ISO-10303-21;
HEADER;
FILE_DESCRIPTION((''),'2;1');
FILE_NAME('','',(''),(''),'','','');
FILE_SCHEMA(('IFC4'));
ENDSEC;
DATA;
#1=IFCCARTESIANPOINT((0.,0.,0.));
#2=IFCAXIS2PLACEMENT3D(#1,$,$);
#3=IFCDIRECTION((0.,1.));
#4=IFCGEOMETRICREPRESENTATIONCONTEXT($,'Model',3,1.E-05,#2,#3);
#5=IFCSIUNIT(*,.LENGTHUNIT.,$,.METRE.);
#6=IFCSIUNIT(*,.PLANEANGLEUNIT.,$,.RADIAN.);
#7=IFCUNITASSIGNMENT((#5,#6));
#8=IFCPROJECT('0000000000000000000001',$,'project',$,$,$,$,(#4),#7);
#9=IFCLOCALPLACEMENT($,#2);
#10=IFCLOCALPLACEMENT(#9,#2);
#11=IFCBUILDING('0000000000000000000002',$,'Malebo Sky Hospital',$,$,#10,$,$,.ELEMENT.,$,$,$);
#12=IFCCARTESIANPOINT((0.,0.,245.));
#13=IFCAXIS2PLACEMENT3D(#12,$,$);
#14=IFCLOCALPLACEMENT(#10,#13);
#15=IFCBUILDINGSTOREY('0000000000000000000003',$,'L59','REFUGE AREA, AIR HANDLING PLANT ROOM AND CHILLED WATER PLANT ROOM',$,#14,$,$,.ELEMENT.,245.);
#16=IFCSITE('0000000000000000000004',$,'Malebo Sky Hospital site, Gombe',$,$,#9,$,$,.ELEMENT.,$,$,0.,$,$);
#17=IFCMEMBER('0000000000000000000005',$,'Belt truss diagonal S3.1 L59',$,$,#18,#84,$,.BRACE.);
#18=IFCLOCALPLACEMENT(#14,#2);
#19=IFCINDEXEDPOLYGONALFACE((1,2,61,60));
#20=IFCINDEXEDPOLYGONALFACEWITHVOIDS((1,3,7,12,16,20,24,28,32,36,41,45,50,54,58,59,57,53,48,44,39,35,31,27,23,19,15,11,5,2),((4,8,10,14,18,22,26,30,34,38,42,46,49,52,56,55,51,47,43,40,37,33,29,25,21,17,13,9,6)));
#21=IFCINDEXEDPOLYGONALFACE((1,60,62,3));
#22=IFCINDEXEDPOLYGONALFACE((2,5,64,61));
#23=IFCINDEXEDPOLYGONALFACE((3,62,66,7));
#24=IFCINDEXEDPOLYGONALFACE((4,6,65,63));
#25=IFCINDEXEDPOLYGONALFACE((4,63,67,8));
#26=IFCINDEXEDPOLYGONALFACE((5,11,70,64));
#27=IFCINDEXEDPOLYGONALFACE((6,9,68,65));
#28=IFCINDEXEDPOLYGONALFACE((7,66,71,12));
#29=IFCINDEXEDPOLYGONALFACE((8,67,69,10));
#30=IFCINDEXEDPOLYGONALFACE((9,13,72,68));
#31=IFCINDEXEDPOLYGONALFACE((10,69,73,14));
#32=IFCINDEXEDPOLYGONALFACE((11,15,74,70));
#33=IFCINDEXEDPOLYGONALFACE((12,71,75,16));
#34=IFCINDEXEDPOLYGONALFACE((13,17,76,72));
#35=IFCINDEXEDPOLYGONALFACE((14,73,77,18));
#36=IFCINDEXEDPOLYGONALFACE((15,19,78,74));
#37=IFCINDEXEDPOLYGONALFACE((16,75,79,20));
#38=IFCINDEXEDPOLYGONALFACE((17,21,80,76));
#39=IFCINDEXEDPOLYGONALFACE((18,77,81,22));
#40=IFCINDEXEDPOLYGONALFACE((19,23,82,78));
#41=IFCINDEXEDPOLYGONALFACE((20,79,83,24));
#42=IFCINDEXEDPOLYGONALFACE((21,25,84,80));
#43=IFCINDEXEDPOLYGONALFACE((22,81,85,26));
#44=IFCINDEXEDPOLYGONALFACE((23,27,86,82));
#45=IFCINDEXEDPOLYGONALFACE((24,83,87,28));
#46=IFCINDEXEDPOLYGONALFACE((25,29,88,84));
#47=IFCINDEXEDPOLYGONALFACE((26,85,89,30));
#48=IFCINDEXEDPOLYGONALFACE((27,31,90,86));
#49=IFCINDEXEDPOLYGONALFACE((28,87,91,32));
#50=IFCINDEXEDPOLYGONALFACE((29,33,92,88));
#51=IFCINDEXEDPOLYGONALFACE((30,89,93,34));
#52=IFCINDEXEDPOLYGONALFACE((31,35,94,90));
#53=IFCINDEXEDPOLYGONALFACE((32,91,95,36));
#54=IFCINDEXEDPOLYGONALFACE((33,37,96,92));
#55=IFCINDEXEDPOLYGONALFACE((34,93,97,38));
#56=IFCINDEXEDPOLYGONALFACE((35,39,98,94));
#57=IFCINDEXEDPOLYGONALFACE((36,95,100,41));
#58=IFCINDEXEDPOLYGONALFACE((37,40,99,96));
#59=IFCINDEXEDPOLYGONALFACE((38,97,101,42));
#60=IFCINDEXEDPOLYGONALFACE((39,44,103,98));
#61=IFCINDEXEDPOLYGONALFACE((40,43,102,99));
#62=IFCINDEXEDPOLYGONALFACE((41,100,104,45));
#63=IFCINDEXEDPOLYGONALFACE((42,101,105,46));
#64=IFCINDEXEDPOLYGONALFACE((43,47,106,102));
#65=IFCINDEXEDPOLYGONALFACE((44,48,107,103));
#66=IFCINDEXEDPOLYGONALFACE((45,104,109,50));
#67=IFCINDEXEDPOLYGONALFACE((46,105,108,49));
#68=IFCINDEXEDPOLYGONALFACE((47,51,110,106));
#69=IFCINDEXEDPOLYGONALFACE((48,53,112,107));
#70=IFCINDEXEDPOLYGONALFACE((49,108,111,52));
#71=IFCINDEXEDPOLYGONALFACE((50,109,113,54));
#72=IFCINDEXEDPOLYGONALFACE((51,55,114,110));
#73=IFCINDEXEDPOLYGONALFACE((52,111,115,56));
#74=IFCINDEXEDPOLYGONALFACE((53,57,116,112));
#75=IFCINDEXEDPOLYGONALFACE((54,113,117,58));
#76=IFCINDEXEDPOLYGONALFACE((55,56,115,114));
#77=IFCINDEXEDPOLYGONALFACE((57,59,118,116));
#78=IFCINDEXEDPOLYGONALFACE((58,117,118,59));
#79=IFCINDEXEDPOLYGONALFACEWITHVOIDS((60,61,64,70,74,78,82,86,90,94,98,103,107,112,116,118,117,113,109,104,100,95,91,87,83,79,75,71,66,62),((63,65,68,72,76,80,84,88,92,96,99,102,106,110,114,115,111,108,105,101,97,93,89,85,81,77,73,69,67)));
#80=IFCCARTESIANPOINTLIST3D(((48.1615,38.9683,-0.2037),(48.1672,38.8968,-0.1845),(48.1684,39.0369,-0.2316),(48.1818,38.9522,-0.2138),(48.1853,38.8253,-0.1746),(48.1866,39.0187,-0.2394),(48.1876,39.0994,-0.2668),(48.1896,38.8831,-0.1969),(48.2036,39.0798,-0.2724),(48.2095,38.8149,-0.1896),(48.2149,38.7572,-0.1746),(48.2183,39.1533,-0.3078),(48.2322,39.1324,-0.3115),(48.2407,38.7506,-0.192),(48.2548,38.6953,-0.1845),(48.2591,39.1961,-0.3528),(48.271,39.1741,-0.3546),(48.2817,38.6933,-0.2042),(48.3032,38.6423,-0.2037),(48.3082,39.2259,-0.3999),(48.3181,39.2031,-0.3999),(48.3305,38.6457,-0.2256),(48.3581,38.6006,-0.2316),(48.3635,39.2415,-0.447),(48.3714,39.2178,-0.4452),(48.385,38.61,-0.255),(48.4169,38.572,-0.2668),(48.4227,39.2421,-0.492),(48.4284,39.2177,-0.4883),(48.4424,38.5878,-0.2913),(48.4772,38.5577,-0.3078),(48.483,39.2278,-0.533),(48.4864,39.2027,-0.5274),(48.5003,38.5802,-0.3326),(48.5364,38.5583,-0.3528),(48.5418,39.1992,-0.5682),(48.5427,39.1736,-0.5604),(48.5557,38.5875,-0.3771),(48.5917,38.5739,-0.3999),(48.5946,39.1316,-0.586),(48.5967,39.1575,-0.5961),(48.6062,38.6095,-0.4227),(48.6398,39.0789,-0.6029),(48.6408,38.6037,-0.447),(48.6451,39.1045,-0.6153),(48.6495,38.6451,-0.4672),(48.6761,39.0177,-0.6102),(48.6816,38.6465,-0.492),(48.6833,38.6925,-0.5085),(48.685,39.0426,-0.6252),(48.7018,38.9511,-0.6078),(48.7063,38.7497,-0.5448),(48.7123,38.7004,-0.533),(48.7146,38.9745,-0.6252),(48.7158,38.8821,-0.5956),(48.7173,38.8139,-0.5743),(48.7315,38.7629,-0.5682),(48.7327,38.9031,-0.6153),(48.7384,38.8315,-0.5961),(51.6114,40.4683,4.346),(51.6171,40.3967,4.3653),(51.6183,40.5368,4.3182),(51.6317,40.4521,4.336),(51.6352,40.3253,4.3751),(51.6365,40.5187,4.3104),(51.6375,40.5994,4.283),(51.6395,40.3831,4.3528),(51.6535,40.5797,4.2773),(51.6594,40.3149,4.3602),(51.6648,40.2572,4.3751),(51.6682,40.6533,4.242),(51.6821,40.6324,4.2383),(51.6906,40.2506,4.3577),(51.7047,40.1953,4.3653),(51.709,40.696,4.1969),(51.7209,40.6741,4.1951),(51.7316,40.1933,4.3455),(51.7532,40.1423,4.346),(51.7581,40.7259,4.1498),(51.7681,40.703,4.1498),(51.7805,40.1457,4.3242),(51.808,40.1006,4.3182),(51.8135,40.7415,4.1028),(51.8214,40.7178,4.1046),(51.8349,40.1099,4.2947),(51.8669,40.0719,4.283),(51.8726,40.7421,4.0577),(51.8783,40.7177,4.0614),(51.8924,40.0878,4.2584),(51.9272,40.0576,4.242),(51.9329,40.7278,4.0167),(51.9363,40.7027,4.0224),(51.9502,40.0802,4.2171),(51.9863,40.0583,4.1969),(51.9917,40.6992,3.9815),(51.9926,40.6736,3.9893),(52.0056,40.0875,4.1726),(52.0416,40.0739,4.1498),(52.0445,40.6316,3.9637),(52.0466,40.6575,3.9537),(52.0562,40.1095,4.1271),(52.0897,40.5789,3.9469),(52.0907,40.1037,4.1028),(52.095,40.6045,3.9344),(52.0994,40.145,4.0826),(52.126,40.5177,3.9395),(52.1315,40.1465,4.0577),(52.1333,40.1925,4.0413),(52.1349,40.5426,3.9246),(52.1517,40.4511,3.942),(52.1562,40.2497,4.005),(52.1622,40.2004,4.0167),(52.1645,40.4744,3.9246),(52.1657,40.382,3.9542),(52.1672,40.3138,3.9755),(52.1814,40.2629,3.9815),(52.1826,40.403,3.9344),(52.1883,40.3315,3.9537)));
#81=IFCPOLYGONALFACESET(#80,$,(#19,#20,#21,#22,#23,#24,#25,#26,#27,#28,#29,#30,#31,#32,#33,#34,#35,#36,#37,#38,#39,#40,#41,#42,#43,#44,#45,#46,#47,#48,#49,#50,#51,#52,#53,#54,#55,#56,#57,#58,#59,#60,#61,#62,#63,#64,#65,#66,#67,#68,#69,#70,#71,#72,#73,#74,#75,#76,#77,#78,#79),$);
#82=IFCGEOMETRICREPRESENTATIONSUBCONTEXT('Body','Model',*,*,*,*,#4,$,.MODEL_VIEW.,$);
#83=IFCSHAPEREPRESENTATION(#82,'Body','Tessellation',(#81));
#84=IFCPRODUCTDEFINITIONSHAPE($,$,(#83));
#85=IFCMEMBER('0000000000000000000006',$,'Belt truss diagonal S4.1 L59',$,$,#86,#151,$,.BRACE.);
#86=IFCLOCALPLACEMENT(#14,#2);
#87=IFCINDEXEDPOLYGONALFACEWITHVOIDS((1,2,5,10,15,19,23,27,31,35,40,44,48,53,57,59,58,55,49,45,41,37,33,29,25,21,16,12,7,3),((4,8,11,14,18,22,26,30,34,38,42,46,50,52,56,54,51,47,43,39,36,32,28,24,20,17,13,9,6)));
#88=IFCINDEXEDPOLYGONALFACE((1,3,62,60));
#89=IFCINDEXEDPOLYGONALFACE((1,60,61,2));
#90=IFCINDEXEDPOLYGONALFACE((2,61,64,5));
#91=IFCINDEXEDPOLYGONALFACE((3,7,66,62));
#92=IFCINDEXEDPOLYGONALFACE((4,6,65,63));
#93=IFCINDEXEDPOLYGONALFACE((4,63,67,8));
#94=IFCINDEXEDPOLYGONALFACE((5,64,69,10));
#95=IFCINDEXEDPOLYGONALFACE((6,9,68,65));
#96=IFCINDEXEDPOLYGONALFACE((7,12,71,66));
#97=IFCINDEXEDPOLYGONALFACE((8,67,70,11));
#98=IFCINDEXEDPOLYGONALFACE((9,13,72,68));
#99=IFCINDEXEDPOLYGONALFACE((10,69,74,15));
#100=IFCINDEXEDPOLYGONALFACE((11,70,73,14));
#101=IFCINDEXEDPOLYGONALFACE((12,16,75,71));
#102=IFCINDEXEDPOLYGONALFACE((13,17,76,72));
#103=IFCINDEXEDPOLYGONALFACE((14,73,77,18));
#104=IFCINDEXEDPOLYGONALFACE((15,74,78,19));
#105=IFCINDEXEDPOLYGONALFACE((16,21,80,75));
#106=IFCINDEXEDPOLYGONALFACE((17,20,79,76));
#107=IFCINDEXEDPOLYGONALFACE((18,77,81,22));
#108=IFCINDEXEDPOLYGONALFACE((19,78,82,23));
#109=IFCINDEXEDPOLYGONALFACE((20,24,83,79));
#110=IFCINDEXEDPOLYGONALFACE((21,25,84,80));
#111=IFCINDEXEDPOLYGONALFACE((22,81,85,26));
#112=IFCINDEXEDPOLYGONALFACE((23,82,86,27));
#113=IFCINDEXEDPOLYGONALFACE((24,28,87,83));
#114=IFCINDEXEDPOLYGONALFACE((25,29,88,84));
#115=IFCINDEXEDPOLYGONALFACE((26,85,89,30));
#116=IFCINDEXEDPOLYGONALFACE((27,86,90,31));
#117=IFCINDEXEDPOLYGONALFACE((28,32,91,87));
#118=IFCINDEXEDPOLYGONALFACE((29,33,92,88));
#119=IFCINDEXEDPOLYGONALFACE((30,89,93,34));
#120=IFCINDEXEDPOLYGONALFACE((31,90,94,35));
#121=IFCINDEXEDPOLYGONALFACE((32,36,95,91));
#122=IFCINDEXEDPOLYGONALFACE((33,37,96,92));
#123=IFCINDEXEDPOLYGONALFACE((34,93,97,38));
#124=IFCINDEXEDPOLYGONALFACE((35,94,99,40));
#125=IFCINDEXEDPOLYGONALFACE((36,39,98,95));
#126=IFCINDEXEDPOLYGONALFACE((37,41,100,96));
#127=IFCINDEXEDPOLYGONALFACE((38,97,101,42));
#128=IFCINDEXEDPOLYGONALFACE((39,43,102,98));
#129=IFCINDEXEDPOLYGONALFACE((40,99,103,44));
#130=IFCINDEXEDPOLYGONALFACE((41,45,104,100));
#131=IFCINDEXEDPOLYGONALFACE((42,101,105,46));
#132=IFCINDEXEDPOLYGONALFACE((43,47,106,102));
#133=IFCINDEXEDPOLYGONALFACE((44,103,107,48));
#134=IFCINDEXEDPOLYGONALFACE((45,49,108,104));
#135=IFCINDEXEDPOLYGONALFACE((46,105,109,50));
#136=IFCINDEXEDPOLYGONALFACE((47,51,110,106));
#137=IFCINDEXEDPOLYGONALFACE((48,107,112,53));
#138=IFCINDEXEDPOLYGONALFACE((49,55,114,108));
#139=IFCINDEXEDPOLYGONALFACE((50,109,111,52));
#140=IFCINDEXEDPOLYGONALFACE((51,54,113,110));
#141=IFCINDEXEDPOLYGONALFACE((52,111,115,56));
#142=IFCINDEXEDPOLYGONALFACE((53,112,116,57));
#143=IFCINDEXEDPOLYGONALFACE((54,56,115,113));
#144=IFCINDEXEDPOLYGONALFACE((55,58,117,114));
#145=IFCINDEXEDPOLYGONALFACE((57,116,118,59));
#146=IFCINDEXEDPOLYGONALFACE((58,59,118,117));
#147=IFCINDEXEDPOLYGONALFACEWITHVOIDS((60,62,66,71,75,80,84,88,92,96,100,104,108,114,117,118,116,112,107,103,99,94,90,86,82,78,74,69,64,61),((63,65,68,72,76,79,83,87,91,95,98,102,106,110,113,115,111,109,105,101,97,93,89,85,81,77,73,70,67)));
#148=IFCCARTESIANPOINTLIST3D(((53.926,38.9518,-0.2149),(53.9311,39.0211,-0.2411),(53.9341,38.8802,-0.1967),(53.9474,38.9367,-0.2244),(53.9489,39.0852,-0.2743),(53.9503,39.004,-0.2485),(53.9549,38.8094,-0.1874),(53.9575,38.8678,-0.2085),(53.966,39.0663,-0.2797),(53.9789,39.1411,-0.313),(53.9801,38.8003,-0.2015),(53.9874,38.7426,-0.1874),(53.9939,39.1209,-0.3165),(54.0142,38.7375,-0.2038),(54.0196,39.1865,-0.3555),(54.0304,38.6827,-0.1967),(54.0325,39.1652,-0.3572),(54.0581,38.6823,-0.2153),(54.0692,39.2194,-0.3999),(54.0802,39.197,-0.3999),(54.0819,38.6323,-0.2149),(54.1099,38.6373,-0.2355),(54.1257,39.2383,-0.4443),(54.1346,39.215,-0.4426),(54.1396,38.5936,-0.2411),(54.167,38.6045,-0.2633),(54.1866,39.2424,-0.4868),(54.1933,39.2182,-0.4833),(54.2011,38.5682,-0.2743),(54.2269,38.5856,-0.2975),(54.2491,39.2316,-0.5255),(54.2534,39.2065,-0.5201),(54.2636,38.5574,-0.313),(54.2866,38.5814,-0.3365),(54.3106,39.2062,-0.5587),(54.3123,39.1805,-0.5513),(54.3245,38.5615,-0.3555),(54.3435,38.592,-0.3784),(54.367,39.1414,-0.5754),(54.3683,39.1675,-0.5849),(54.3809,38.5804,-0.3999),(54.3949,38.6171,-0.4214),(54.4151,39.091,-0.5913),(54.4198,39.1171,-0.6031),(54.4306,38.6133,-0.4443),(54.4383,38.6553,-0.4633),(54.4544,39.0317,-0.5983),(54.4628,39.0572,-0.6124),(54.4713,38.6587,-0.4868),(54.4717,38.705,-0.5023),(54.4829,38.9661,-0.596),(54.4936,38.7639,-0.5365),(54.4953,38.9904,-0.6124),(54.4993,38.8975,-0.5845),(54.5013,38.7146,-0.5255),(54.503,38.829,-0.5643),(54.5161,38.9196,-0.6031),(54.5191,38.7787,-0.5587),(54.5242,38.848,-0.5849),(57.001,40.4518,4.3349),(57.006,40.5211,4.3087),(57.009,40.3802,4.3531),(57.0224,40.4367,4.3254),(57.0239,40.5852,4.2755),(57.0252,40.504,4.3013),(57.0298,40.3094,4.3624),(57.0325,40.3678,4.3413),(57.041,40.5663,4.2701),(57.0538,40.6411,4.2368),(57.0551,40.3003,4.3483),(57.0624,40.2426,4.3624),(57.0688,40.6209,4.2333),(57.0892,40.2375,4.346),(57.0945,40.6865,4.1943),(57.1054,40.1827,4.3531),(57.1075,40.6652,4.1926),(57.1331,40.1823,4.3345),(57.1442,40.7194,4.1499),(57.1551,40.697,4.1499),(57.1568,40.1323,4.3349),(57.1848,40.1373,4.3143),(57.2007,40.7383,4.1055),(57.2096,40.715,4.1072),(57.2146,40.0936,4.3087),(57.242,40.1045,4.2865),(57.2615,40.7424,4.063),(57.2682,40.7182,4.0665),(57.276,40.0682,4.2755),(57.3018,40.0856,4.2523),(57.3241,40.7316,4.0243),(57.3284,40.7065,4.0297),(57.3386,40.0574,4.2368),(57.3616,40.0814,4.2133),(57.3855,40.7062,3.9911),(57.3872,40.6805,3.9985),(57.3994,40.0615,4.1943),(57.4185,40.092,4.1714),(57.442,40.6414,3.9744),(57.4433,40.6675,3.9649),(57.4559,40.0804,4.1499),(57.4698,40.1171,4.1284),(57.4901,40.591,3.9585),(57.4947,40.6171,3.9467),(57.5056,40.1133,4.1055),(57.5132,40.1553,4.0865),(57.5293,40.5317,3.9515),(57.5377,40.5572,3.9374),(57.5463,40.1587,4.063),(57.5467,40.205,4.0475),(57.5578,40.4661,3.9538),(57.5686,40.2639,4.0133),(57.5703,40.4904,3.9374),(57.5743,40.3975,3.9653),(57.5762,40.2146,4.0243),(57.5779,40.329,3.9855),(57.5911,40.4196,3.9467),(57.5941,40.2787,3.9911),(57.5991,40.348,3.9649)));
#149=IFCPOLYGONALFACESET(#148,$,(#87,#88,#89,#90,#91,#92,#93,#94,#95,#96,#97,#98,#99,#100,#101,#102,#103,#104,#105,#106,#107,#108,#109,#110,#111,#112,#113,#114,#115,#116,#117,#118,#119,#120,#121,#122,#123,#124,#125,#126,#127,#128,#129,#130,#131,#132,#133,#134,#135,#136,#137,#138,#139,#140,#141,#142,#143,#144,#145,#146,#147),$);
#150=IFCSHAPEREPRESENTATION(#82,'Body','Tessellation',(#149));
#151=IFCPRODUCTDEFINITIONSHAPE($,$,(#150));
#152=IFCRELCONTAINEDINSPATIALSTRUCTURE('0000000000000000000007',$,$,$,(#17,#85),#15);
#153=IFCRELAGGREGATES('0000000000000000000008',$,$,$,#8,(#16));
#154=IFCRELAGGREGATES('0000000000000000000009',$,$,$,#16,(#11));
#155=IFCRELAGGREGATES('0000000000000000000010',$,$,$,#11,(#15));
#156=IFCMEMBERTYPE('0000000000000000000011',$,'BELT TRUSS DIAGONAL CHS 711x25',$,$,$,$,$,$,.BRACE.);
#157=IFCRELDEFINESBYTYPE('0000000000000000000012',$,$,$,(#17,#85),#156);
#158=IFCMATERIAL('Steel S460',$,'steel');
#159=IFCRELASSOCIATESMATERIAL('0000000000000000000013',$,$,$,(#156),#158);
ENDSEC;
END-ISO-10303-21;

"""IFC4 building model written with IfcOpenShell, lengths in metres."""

from ifc_helpers import new_model, si_unit, direction, frame, origin, origin_2d, place, context, subcontext, project, spatial, hollow_circle, extrude, material, material_profile, profile_set, type_object, element, save


model = new_model("IFC4")

# Units and contexts
model_context = context("Model", 3, precision=1e-05, world=origin(), true_north=direction((0.0, 1.0)))
body_context = subcontext(model_context, "Body", "Model", "MODEL_VIEW")
ifc_project = project(units=[si_unit("LENGTHUNIT", "METRE"), si_unit("PLANEANGLEUNIT", "RADIAN")], contexts=[model_context])

# Site, building, storey
site_placement = place(None, origin())
site = spatial("IfcSite", under=ifc_project, at=site_placement, Name="Malebo Sky Hospital site, Gombe", CompositionType="ELEMENT", RefElevation=0.0)
building_placement = place(site_placement, origin())
building = spatial("IfcBuilding", under=site, at=building_placement, Name="Malebo Sky Hospital", CompositionType="ELEMENT")
storey_placement = place(building_placement, frame((0.0, 0.0, 245.0)))
storey = spatial("IfcBuildingStorey", under=building, at=storey_placement, Name="L59", Description="REFUGE AREA, AIR HANDLING PLANT ROOM AND CHILLED WATER PLANT ROOM", CompositionType="ELEMENT", Elevation=245.0)

# Members
ifc_material_1 = material(Name="Steel S460", Category="steel")
ifc_material_profile_1 = material_profile(ifc_material_1, hollow_circle(Radius=0.3555, WallThickness=0.0249, at=origin_2d()), Name="CHS 711x25")
ifc_profile_set_1 = profile_set([ifc_material_profile_1], Name="Steel S460")
member_type_1 = type_object("IfcMemberType", Name="BELT TRUSS DIAGONAL CHS 711x25", PredefinedType="BRACE", material=ifc_profile_set_1)
member_1_placement = place(storey_placement, frame((48.45, 38.8999, -0.3999), z_axis=(0.584378, 0.254081, 0.770679), x_axis=(-0.398731, 0.917068, 0.0)))
element("IfcMember", 1, at=member_1_placement, inside=storey, type_object=member_type_1, Name="Belt truss diagonal S3.1 L59", PredefinedType="BRACE", context=body_context, shape_type="SweptSolid", body=[
    extrude(hollow_circle(Radius=0.3555, WallThickness=0.0249, at=origin_2d()), origin(), (0.0, 0.0, 1.0), 5.9036),
])
member_2_placement = place(storey_placement, frame((54.2251, 38.8999, -0.3999), z_axis=(0.540163, 0.263499, 0.799245), x_axis=(-0.438429, 0.898766, 0.0)))
element("IfcMember", 2, at=member_2_placement, inside=storey, type_object=member_type_1, Name="Belt truss diagonal S4.1 L59", PredefinedType="BRACE", context=body_context, shape_type="SweptSolid", body=[
    extrude(hollow_circle(Radius=0.3555, WallThickness=0.0249, at=origin_2d()), origin(), (0.0, 0.0, 1.0), 5.6926),
])

save(model, "model.ifc")
